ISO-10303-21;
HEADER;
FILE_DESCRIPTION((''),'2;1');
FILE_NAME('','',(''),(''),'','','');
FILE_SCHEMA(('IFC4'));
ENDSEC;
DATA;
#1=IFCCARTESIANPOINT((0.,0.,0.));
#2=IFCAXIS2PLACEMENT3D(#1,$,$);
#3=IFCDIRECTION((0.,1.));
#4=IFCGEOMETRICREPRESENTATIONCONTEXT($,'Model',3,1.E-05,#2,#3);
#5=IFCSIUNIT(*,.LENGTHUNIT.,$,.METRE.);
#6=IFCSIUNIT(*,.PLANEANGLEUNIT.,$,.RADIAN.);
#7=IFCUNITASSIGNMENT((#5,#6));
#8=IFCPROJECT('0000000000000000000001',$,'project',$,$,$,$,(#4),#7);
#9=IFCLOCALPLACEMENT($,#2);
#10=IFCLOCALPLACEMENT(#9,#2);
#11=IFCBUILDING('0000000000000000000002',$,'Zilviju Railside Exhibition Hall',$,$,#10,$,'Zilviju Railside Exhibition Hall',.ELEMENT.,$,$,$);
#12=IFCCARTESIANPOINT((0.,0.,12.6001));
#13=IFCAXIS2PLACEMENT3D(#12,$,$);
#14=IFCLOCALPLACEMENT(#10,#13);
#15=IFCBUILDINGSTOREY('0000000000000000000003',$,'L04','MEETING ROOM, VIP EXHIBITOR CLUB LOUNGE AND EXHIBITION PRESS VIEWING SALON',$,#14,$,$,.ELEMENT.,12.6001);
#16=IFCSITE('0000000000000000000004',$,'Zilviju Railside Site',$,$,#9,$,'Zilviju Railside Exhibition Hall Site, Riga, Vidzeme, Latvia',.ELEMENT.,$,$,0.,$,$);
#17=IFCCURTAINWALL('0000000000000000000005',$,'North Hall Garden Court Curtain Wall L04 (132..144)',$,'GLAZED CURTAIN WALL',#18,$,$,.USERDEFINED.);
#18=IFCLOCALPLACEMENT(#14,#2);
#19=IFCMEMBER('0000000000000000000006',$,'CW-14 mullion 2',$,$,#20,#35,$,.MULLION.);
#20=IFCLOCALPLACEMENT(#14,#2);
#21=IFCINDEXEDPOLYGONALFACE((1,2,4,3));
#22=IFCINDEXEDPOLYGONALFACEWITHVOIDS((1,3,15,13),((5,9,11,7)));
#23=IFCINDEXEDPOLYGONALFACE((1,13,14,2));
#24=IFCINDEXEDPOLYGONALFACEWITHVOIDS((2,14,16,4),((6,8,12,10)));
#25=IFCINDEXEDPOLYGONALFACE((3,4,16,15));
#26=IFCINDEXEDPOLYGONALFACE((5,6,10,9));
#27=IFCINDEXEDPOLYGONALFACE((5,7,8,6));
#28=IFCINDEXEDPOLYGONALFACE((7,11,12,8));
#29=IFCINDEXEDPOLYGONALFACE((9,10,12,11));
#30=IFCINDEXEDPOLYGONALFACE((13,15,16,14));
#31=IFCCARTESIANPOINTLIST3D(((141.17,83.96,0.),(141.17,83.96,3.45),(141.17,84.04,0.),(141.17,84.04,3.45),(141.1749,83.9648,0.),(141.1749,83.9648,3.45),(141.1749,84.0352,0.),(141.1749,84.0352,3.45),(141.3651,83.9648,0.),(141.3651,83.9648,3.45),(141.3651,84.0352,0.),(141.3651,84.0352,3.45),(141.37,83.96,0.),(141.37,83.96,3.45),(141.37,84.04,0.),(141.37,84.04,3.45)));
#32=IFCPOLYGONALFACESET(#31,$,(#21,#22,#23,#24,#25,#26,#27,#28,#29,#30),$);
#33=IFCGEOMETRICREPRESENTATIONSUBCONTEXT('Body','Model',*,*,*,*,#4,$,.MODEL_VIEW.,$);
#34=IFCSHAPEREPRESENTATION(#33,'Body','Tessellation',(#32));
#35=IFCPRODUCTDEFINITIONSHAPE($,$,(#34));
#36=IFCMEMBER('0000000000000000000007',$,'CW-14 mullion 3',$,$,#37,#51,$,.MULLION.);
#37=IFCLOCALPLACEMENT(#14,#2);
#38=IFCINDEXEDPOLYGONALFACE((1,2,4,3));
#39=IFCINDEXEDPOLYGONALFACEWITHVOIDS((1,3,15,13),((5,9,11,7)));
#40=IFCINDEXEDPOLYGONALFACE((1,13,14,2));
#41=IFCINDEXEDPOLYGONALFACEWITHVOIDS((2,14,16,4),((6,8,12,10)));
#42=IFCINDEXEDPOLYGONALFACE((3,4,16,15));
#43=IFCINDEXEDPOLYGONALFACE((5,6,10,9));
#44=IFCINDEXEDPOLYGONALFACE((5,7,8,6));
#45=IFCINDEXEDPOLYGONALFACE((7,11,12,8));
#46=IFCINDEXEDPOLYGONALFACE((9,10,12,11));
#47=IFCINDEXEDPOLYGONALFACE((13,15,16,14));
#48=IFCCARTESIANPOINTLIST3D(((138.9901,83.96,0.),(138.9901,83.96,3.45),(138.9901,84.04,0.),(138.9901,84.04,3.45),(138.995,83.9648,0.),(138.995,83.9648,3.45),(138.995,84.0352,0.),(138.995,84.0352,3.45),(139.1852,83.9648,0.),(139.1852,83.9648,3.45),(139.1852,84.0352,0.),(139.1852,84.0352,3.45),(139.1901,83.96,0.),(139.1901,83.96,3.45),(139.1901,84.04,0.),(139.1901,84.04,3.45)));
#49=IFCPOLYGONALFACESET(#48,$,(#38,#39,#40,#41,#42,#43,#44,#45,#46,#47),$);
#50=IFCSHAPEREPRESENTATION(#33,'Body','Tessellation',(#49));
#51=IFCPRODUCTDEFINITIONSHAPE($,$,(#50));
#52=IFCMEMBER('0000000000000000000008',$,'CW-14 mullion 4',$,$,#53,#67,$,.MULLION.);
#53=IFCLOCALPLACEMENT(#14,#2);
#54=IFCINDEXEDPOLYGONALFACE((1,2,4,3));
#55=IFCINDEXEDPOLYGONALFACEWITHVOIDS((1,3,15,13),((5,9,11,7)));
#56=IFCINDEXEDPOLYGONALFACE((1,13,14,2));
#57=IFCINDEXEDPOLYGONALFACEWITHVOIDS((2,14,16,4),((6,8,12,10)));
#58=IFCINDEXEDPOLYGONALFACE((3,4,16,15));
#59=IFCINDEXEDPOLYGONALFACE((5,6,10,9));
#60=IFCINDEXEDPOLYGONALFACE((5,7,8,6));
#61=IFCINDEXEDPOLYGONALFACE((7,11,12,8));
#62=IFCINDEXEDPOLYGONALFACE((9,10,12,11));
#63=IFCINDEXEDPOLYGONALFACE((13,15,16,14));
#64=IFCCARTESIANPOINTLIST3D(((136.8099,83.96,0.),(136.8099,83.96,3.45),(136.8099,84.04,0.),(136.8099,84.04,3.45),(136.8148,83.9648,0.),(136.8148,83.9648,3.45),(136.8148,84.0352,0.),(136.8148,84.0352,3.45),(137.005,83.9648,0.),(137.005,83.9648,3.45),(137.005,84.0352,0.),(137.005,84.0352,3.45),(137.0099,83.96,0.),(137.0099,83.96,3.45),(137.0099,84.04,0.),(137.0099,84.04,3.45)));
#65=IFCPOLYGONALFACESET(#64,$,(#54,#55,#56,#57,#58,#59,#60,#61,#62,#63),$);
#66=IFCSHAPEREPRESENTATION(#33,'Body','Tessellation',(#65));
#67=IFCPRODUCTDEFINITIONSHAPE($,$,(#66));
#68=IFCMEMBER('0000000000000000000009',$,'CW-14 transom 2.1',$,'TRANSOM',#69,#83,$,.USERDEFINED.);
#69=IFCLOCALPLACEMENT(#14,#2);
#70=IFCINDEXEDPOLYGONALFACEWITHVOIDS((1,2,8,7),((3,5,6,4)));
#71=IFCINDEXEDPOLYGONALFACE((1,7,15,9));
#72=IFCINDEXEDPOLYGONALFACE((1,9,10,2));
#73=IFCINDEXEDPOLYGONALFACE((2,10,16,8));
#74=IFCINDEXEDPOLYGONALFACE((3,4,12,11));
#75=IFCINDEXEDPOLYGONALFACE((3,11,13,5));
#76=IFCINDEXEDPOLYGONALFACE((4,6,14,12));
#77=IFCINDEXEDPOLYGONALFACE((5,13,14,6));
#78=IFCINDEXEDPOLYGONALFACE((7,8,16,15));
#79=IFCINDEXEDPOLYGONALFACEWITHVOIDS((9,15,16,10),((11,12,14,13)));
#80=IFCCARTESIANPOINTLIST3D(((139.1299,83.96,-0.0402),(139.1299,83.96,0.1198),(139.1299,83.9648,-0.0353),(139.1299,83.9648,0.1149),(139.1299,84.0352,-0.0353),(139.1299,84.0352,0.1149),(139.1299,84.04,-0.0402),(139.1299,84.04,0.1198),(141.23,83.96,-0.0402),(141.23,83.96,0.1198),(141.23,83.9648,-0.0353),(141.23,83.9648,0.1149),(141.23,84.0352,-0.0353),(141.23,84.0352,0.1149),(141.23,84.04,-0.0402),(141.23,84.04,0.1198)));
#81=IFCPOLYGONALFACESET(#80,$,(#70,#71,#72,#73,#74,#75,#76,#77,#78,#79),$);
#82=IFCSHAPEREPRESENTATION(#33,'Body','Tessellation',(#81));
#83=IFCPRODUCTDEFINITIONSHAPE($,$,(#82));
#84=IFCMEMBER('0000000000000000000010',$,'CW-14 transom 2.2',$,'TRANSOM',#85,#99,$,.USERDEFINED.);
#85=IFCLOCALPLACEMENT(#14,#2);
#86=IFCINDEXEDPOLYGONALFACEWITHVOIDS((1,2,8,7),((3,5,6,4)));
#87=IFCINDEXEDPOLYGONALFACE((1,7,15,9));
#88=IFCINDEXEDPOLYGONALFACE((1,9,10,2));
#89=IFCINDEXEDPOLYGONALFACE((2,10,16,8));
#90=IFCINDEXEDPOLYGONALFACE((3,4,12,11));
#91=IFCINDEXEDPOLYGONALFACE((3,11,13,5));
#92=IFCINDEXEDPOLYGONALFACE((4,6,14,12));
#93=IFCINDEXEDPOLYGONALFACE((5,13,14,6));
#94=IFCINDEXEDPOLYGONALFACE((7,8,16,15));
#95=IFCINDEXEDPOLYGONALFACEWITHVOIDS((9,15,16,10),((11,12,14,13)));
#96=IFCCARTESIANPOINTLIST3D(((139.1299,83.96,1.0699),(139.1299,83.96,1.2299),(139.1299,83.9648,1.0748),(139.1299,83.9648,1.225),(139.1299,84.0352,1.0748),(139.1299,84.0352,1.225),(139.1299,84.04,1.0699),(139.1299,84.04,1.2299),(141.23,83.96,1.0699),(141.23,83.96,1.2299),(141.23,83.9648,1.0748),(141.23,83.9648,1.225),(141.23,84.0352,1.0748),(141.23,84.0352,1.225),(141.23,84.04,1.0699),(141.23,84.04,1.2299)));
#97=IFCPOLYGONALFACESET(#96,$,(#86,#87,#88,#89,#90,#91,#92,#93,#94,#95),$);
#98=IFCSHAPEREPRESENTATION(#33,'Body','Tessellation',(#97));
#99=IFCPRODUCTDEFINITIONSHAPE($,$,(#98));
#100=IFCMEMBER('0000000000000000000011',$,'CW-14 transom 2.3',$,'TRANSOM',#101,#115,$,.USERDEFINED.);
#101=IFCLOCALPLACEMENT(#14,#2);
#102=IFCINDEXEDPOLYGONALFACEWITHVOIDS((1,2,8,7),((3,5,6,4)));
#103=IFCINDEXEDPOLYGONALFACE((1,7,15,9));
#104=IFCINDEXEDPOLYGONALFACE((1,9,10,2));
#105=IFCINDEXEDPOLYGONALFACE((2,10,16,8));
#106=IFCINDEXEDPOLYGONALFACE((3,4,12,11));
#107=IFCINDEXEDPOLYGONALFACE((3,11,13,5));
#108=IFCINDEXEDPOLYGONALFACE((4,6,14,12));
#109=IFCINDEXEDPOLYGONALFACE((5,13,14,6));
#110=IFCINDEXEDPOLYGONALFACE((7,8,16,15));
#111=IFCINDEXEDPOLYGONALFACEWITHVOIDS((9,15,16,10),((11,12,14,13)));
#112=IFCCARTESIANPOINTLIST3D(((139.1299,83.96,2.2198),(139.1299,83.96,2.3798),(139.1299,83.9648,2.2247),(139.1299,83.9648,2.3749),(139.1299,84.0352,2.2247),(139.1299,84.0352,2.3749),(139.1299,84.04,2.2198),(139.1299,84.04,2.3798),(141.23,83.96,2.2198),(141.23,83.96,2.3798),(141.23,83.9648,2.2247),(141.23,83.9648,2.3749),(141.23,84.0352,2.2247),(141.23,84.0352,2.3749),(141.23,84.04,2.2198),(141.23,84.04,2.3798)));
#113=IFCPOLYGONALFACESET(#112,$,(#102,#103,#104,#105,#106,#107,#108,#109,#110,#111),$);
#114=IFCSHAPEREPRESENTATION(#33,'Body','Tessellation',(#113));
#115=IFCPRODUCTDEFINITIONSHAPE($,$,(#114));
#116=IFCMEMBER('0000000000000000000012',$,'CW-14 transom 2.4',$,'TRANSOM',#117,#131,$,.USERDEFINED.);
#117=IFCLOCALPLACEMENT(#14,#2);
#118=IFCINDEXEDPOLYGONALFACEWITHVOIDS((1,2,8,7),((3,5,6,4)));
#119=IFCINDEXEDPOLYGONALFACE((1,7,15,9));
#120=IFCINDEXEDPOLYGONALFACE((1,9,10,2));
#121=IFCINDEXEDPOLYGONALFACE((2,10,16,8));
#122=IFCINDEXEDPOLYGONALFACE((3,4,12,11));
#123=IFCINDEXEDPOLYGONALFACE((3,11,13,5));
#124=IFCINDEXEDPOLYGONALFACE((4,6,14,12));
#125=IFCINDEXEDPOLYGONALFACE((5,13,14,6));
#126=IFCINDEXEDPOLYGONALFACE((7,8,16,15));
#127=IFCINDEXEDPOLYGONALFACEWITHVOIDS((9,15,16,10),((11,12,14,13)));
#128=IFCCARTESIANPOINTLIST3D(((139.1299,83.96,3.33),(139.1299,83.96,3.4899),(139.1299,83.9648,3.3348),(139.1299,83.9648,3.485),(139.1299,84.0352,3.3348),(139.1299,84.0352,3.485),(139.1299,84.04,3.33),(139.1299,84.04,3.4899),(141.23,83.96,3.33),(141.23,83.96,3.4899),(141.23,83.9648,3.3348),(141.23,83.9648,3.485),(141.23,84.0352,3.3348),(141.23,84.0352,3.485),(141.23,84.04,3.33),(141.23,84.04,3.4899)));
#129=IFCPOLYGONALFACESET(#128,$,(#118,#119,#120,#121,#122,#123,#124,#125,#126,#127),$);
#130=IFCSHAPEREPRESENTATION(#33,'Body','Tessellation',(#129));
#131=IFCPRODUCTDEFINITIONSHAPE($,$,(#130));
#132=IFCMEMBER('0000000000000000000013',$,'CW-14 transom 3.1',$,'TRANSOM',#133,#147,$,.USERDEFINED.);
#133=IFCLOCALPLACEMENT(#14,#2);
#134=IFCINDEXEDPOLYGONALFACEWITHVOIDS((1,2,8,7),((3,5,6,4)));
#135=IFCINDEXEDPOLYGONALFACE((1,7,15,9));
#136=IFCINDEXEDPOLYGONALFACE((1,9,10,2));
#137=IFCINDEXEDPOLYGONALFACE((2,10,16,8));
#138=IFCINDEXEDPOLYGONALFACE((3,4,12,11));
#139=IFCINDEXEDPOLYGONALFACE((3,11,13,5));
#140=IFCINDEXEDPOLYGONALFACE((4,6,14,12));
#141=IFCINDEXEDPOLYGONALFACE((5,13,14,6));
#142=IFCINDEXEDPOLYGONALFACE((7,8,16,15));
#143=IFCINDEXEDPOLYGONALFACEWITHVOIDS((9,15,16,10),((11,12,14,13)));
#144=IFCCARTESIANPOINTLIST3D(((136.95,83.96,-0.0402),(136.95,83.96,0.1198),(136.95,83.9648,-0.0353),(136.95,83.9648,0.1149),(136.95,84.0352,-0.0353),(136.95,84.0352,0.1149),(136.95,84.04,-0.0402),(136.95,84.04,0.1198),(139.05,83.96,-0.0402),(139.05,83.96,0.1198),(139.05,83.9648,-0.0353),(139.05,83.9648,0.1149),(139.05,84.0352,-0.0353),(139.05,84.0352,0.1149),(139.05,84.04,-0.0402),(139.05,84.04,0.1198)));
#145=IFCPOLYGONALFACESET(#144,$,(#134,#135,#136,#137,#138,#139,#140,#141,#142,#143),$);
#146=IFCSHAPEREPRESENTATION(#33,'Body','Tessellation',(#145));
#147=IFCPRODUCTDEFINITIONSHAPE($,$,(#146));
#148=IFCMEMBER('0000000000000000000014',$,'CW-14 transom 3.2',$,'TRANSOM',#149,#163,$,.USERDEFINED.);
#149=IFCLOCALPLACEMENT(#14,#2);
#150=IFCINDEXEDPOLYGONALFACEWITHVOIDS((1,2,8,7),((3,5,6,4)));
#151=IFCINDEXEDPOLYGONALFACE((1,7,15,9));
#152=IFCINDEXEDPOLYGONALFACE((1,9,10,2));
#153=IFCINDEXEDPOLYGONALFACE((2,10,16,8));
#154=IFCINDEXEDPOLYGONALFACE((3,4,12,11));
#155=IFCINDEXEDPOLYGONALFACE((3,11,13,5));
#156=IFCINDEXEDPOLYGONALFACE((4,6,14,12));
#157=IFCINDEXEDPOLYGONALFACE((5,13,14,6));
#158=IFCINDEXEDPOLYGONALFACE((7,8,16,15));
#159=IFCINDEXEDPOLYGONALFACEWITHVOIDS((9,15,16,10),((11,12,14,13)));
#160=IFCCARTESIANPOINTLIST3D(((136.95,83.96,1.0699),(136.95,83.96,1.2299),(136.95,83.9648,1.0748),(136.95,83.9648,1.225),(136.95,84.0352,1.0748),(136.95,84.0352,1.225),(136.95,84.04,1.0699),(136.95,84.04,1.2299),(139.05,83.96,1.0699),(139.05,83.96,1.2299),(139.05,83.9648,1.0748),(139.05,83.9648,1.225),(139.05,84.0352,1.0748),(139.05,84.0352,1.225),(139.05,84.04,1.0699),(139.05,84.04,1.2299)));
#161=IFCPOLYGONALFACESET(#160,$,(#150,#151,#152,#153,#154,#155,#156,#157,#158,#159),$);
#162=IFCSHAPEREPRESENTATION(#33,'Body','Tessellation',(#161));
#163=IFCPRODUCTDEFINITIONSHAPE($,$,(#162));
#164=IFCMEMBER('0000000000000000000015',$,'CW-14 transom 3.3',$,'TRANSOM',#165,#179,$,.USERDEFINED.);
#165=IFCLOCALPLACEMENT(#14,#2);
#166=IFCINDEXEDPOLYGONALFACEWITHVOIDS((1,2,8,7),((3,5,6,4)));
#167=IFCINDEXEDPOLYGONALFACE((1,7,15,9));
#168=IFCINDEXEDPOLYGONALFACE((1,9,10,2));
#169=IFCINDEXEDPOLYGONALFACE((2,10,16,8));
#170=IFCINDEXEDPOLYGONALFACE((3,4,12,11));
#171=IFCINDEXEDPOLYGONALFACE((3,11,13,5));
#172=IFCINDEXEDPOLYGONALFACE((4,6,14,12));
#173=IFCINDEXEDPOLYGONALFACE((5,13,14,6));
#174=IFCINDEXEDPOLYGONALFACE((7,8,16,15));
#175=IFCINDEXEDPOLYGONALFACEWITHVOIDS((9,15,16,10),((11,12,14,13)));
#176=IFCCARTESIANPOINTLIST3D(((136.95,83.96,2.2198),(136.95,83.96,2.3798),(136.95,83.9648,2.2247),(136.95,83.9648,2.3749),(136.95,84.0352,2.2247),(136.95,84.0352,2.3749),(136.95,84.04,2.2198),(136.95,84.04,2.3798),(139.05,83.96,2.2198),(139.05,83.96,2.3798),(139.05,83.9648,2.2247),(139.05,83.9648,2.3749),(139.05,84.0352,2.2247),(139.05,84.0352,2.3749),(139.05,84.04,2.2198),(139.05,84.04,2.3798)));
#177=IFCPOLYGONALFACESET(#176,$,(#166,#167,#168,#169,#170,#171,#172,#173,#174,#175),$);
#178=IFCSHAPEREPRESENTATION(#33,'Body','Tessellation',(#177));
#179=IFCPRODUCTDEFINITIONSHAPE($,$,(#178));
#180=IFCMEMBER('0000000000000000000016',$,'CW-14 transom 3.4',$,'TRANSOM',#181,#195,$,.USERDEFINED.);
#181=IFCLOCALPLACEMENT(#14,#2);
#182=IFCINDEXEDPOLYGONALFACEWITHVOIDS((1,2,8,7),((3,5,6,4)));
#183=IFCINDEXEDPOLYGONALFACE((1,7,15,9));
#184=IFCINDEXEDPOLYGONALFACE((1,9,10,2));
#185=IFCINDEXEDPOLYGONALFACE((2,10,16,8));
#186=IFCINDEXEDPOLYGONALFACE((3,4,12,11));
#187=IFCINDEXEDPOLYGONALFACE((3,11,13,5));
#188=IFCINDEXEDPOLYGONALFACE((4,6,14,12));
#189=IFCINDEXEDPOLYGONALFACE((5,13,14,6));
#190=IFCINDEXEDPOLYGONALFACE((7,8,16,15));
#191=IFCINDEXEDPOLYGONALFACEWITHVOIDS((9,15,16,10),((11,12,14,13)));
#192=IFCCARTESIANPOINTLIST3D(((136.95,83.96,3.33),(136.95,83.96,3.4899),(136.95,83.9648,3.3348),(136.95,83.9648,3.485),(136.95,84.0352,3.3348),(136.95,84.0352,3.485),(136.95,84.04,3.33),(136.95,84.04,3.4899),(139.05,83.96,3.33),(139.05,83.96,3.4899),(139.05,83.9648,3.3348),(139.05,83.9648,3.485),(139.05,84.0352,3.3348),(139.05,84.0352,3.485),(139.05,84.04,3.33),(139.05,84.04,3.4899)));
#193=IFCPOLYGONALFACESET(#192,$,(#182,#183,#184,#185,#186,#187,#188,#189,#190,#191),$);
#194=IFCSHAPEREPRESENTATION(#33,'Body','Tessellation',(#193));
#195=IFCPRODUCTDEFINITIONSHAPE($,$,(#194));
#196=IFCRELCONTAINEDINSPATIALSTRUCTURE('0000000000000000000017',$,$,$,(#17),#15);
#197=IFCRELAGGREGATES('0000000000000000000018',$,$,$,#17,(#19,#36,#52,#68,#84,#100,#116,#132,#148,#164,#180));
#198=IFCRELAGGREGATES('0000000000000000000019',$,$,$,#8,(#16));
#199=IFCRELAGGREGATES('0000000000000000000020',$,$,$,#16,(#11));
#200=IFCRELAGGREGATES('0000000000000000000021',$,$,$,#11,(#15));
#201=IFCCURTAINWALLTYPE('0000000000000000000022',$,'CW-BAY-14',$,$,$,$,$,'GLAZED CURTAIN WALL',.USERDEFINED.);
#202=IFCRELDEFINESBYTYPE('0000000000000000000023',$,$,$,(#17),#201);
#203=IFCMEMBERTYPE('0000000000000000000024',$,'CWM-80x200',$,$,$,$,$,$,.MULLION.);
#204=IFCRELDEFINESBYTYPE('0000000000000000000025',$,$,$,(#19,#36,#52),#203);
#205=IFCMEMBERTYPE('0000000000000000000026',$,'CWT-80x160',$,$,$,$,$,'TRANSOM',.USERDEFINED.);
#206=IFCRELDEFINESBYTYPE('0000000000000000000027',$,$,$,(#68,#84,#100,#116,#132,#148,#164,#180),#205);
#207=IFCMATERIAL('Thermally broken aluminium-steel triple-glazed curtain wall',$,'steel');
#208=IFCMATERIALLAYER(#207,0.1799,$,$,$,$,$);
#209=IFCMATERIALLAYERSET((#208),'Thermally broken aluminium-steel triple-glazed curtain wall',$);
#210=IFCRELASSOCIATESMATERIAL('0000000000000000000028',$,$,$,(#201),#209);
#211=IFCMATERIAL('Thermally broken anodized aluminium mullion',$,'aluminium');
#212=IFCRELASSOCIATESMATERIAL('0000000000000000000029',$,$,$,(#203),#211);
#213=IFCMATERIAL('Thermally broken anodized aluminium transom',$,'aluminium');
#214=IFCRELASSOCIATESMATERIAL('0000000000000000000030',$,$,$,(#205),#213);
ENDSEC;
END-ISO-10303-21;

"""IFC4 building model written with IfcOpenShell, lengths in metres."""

from ifc_helpers import new_model, si_unit, direction, frame, origin, origin_2d, place, context, subcontext, project, spatial, hollow_rectangle, extrude, material, layer, layer_set, material_profile, profile_set, type_object, element, aggregate, save


model = new_model("IFC4")

# Units and contexts
model_context = context("Model", 3, precision=1e-05, world=origin(), true_north=direction((0.0, 1.0)))
body_context = subcontext(model_context, "Body", "Model", "MODEL_VIEW")
ifc_project = project(units=[si_unit("LENGTHUNIT", "METRE"), si_unit("PLANEANGLEUNIT", "RADIAN")], contexts=[model_context])

# Site, building, storey
site_placement = place(None, origin())
site = spatial("IfcSite", under=ifc_project, at=site_placement, Name="Zilviju Railside Site", LongName="Zilviju Railside Exhibition Hall Site, Riga, Vidzeme, Latvia", CompositionType="ELEMENT", RefElevation=0.0)
building_placement = place(site_placement, origin())
building = spatial("IfcBuilding", under=site, at=building_placement, Name="Zilviju Railside Exhibition Hall", LongName="Zilviju Railside Exhibition Hall", CompositionType="ELEMENT")
storey_placement = place(building_placement, frame((0.0, 0.0, 12.6001)))
storey = spatial("IfcBuildingStorey", under=building, at=storey_placement, Name="L04", Description="MEETING ROOM, VIP EXHIBITOR CLUB LOUNGE AND EXHIBITION PRESS VIEWING SALON", CompositionType="ELEMENT", Elevation=12.6001)

# Curtain wall, members
ifc_material_1 = material(Name="Thermally broken aluminium-steel triple-glazed curtain wall", Category="steel")
ifc_layer_1 = layer(ifc_material_1, 0.1799)
ifc_layer_set_1 = layer_set([ifc_layer_1], Name="Thermally broken aluminium-steel triple-glazed curtain wall")
curtain_wall_type = type_object("IfcCurtainWallType", Name="CW-BAY-14", ElementType="GLAZED CURTAIN WALL", PredefinedType="USERDEFINED", material=ifc_layer_set_1)
curtain_wall_placement = place(storey_placement, origin())
curtain_wall = element("IfcCurtainWall", 1, at=curtain_wall_placement, inside=storey, type_object=curtain_wall_type, Name="North Hall Garden Court Curtain Wall L04 (132..144)", ObjectType="GLAZED CURTAIN WALL", PredefinedType="USERDEFINED")
ifc_material_2 = material(Name="Thermally broken anodized aluminium mullion", Category="aluminium")
ifc_material_profile_1 = material_profile(ifc_material_2, hollow_rectangle(XDim=0.0801, YDim=0.2, WallThickness=0.0049, at=origin_2d()), Name="MULLION 200x80x5")
ifc_profile_set_1 = profile_set([ifc_material_profile_1], Name="Thermally broken anodized aluminium mullion")
member_type_1 = type_object("IfcMemberType", Name="CWM-80x200", PredefinedType="MULLION", material=ifc_profile_set_1)
member_1_placement = place(storey_placement, frame((141.27, 84.0, 0.0), z_axis=(0.0, 0.0, 1.0), x_axis=(0.0, -1.0, 0.0)))
member_1 = element("IfcMember", 2, at=member_1_placement, type_object=member_type_1, Name="CW-14 mullion 2", PredefinedType="MULLION", context=body_context, shape_type="SweptSolid", body=[
    extrude(hollow_rectangle(XDim=0.0801, YDim=0.2, WallThickness=0.0049, at=origin_2d()), origin(), (0.0, 0.0, 1.0), 3.45),
])
member_2_placement = place(storey_placement, frame((139.0901, 84.0, 0.0), z_axis=(0.0, 0.0, 1.0), x_axis=(0.0, -1.0, 0.0)))
member_2 = element("IfcMember", 3, at=member_2_placement, type_object=member_type_1, Name="CW-14 mullion 3", PredefinedType="MULLION", context=body_context, shape_type="SweptSolid", body=[
    extrude(hollow_rectangle(XDim=0.0801, YDim=0.2, WallThickness=0.0049, at=origin_2d()), origin(), (0.0, 0.0, 1.0), 3.45),
])
member_3_placement = place(storey_placement, frame((136.9099, 84.0, 0.0), z_axis=(0.0, 0.0, 1.0), x_axis=(0.0, -1.0, 0.0)))
member_3 = element("IfcMember", 4, at=member_3_placement, type_object=member_type_1, Name="CW-14 mullion 4", PredefinedType="MULLION", context=body_context, shape_type="SweptSolid", body=[
    extrude(hollow_rectangle(XDim=0.0801, YDim=0.2, WallThickness=0.0049, at=origin_2d()), origin(), (0.0, 0.0, 1.0), 3.45),
])
ifc_material_3 = material(Name="Thermally broken anodized aluminium transom", Category="aluminium")
ifc_material_profile_2 = material_profile(ifc_material_3, hollow_rectangle(XDim=0.0801, YDim=0.1599, WallThickness=0.0049, at=origin_2d()), Name="TRANSOM 160x80x5")
ifc_profile_set_2 = profile_set([ifc_material_profile_2], Name="Thermally broken anodized aluminium transom")
member_type_2 = type_object("IfcMemberType", Name="CWT-80x160", ElementType="TRANSOM", PredefinedType="USERDEFINED", material=ifc_profile_set_2)
member_4_placement = place(storey_placement, frame((141.23, 84.0, 0.0398), z_axis=(-1.0, 0.0, 0.0), x_axis=(0.0, -1.0, 0.0)))
member_4 = element("IfcMember", 5, at=member_4_placement, type_object=member_type_2, Name="CW-14 transom 2.1", ObjectType="TRANSOM", PredefinedType="USERDEFINED", context=body_context, shape_type="SweptSolid", body=[
    extrude(hollow_rectangle(XDim=0.0801, YDim=0.1599, WallThickness=0.0049, at=origin_2d()), origin(), (0.0, 0.0, 1.0), 2.1001),
])
member_5_placement = place(storey_placement, frame((141.23, 84.0, 1.1499), z_axis=(-1.0, 0.0, 0.0), x_axis=(0.0, -1.0, 0.0)))
member_5 = element("IfcMember", 6, at=member_5_placement, type_object=member_type_2, Name="CW-14 transom 2.2", ObjectType="TRANSOM", PredefinedType="USERDEFINED", context=body_context, shape_type="SweptSolid", body=[
    extrude(hollow_rectangle(XDim=0.0801, YDim=0.1599, WallThickness=0.0049, at=origin_2d()), origin(), (0.0, 0.0, 1.0), 2.1001),
])
member_6_placement = place(storey_placement, frame((141.23, 84.0, 2.2998), z_axis=(-1.0, 0.0, 0.0), x_axis=(0.0, -1.0, 0.0)))
member_6 = element("IfcMember", 7, at=member_6_placement, type_object=member_type_2, Name="CW-14 transom 2.3", ObjectType="TRANSOM", PredefinedType="USERDEFINED", context=body_context, shape_type="SweptSolid", body=[
    extrude(hollow_rectangle(XDim=0.0801, YDim=0.1599, WallThickness=0.0049, at=origin_2d()), origin(), (0.0, 0.0, 1.0), 2.1001),
])
member_7_placement = place(storey_placement, frame((141.23, 84.0, 3.4099), z_axis=(-1.0, 0.0, 0.0), x_axis=(0.0, -1.0, 0.0)))
member_7 = element("IfcMember", 8, at=member_7_placement, type_object=member_type_2, Name="CW-14 transom 2.4", ObjectType="TRANSOM", PredefinedType="USERDEFINED", context=body_context, shape_type="SweptSolid", body=[
    extrude(hollow_rectangle(XDim=0.0801, YDim=0.1599, WallThickness=0.0049, at=origin_2d()), origin(), (0.0, 0.0, 1.0), 2.1001),
])
member_8_placement = place(storey_placement, frame((139.05, 84.0, 0.0398), z_axis=(-1.0, 0.0, 0.0), x_axis=(0.0, -1.0, 0.0)))
member_8 = element("IfcMember", 9, at=member_8_placement, type_object=member_type_2, Name="CW-14 transom 3.1", ObjectType="TRANSOM", PredefinedType="USERDEFINED", context=body_context, shape_type="SweptSolid", body=[
    extrude(hollow_rectangle(XDim=0.0801, YDim=0.1599, WallThickness=0.0049, at=origin_2d()), origin(), (0.0, 0.0, 1.0), 2.1001),
])
member_9_placement = place(storey_placement, frame((139.05, 84.0, 1.1499), z_axis=(-1.0, 0.0, 0.0), x_axis=(0.0, -1.0, 0.0)))
member_9 = element("IfcMember", 10, at=member_9_placement, type_object=member_type_2, Name="CW-14 transom 3.2", ObjectType="TRANSOM", PredefinedType="USERDEFINED", context=body_context, shape_type="SweptSolid", body=[
    extrude(hollow_rectangle(XDim=0.0801, YDim=0.1599, WallThickness=0.0049, at=origin_2d()), origin(), (0.0, 0.0, 1.0), 2.1001),
])
member_10_placement = place(storey_placement, frame((139.05, 84.0, 2.2998), z_axis=(-1.0, 0.0, 0.0), x_axis=(0.0, -1.0, 0.0)))
member_10 = element("IfcMember", 11, at=member_10_placement, type_object=member_type_2, Name="CW-14 transom 3.3", ObjectType="TRANSOM", PredefinedType="USERDEFINED", context=body_context, shape_type="SweptSolid", body=[
    extrude(hollow_rectangle(XDim=0.0801, YDim=0.1599, WallThickness=0.0049, at=origin_2d()), origin(), (0.0, 0.0, 1.0), 2.1001),
])
member_11_placement = place(storey_placement, frame((139.05, 84.0, 3.4099), z_axis=(-1.0, 0.0, 0.0), x_axis=(0.0, -1.0, 0.0)))
member_11 = element("IfcMember", 12, at=member_11_placement, type_object=member_type_2, Name="CW-14 transom 3.4", ObjectType="TRANSOM", PredefinedType="USERDEFINED", context=body_context, shape_type="SweptSolid", body=[
    extrude(hollow_rectangle(XDim=0.0801, YDim=0.1599, WallThickness=0.0049, at=origin_2d()), origin(), (0.0, 0.0, 1.0), 2.1001),
])
aggregate(curtain_wall, [member_1, member_2, member_3, member_4, member_5, member_6, member_7, member_8, member_9, member_10, member_11])

save(model, "model.ifc")
